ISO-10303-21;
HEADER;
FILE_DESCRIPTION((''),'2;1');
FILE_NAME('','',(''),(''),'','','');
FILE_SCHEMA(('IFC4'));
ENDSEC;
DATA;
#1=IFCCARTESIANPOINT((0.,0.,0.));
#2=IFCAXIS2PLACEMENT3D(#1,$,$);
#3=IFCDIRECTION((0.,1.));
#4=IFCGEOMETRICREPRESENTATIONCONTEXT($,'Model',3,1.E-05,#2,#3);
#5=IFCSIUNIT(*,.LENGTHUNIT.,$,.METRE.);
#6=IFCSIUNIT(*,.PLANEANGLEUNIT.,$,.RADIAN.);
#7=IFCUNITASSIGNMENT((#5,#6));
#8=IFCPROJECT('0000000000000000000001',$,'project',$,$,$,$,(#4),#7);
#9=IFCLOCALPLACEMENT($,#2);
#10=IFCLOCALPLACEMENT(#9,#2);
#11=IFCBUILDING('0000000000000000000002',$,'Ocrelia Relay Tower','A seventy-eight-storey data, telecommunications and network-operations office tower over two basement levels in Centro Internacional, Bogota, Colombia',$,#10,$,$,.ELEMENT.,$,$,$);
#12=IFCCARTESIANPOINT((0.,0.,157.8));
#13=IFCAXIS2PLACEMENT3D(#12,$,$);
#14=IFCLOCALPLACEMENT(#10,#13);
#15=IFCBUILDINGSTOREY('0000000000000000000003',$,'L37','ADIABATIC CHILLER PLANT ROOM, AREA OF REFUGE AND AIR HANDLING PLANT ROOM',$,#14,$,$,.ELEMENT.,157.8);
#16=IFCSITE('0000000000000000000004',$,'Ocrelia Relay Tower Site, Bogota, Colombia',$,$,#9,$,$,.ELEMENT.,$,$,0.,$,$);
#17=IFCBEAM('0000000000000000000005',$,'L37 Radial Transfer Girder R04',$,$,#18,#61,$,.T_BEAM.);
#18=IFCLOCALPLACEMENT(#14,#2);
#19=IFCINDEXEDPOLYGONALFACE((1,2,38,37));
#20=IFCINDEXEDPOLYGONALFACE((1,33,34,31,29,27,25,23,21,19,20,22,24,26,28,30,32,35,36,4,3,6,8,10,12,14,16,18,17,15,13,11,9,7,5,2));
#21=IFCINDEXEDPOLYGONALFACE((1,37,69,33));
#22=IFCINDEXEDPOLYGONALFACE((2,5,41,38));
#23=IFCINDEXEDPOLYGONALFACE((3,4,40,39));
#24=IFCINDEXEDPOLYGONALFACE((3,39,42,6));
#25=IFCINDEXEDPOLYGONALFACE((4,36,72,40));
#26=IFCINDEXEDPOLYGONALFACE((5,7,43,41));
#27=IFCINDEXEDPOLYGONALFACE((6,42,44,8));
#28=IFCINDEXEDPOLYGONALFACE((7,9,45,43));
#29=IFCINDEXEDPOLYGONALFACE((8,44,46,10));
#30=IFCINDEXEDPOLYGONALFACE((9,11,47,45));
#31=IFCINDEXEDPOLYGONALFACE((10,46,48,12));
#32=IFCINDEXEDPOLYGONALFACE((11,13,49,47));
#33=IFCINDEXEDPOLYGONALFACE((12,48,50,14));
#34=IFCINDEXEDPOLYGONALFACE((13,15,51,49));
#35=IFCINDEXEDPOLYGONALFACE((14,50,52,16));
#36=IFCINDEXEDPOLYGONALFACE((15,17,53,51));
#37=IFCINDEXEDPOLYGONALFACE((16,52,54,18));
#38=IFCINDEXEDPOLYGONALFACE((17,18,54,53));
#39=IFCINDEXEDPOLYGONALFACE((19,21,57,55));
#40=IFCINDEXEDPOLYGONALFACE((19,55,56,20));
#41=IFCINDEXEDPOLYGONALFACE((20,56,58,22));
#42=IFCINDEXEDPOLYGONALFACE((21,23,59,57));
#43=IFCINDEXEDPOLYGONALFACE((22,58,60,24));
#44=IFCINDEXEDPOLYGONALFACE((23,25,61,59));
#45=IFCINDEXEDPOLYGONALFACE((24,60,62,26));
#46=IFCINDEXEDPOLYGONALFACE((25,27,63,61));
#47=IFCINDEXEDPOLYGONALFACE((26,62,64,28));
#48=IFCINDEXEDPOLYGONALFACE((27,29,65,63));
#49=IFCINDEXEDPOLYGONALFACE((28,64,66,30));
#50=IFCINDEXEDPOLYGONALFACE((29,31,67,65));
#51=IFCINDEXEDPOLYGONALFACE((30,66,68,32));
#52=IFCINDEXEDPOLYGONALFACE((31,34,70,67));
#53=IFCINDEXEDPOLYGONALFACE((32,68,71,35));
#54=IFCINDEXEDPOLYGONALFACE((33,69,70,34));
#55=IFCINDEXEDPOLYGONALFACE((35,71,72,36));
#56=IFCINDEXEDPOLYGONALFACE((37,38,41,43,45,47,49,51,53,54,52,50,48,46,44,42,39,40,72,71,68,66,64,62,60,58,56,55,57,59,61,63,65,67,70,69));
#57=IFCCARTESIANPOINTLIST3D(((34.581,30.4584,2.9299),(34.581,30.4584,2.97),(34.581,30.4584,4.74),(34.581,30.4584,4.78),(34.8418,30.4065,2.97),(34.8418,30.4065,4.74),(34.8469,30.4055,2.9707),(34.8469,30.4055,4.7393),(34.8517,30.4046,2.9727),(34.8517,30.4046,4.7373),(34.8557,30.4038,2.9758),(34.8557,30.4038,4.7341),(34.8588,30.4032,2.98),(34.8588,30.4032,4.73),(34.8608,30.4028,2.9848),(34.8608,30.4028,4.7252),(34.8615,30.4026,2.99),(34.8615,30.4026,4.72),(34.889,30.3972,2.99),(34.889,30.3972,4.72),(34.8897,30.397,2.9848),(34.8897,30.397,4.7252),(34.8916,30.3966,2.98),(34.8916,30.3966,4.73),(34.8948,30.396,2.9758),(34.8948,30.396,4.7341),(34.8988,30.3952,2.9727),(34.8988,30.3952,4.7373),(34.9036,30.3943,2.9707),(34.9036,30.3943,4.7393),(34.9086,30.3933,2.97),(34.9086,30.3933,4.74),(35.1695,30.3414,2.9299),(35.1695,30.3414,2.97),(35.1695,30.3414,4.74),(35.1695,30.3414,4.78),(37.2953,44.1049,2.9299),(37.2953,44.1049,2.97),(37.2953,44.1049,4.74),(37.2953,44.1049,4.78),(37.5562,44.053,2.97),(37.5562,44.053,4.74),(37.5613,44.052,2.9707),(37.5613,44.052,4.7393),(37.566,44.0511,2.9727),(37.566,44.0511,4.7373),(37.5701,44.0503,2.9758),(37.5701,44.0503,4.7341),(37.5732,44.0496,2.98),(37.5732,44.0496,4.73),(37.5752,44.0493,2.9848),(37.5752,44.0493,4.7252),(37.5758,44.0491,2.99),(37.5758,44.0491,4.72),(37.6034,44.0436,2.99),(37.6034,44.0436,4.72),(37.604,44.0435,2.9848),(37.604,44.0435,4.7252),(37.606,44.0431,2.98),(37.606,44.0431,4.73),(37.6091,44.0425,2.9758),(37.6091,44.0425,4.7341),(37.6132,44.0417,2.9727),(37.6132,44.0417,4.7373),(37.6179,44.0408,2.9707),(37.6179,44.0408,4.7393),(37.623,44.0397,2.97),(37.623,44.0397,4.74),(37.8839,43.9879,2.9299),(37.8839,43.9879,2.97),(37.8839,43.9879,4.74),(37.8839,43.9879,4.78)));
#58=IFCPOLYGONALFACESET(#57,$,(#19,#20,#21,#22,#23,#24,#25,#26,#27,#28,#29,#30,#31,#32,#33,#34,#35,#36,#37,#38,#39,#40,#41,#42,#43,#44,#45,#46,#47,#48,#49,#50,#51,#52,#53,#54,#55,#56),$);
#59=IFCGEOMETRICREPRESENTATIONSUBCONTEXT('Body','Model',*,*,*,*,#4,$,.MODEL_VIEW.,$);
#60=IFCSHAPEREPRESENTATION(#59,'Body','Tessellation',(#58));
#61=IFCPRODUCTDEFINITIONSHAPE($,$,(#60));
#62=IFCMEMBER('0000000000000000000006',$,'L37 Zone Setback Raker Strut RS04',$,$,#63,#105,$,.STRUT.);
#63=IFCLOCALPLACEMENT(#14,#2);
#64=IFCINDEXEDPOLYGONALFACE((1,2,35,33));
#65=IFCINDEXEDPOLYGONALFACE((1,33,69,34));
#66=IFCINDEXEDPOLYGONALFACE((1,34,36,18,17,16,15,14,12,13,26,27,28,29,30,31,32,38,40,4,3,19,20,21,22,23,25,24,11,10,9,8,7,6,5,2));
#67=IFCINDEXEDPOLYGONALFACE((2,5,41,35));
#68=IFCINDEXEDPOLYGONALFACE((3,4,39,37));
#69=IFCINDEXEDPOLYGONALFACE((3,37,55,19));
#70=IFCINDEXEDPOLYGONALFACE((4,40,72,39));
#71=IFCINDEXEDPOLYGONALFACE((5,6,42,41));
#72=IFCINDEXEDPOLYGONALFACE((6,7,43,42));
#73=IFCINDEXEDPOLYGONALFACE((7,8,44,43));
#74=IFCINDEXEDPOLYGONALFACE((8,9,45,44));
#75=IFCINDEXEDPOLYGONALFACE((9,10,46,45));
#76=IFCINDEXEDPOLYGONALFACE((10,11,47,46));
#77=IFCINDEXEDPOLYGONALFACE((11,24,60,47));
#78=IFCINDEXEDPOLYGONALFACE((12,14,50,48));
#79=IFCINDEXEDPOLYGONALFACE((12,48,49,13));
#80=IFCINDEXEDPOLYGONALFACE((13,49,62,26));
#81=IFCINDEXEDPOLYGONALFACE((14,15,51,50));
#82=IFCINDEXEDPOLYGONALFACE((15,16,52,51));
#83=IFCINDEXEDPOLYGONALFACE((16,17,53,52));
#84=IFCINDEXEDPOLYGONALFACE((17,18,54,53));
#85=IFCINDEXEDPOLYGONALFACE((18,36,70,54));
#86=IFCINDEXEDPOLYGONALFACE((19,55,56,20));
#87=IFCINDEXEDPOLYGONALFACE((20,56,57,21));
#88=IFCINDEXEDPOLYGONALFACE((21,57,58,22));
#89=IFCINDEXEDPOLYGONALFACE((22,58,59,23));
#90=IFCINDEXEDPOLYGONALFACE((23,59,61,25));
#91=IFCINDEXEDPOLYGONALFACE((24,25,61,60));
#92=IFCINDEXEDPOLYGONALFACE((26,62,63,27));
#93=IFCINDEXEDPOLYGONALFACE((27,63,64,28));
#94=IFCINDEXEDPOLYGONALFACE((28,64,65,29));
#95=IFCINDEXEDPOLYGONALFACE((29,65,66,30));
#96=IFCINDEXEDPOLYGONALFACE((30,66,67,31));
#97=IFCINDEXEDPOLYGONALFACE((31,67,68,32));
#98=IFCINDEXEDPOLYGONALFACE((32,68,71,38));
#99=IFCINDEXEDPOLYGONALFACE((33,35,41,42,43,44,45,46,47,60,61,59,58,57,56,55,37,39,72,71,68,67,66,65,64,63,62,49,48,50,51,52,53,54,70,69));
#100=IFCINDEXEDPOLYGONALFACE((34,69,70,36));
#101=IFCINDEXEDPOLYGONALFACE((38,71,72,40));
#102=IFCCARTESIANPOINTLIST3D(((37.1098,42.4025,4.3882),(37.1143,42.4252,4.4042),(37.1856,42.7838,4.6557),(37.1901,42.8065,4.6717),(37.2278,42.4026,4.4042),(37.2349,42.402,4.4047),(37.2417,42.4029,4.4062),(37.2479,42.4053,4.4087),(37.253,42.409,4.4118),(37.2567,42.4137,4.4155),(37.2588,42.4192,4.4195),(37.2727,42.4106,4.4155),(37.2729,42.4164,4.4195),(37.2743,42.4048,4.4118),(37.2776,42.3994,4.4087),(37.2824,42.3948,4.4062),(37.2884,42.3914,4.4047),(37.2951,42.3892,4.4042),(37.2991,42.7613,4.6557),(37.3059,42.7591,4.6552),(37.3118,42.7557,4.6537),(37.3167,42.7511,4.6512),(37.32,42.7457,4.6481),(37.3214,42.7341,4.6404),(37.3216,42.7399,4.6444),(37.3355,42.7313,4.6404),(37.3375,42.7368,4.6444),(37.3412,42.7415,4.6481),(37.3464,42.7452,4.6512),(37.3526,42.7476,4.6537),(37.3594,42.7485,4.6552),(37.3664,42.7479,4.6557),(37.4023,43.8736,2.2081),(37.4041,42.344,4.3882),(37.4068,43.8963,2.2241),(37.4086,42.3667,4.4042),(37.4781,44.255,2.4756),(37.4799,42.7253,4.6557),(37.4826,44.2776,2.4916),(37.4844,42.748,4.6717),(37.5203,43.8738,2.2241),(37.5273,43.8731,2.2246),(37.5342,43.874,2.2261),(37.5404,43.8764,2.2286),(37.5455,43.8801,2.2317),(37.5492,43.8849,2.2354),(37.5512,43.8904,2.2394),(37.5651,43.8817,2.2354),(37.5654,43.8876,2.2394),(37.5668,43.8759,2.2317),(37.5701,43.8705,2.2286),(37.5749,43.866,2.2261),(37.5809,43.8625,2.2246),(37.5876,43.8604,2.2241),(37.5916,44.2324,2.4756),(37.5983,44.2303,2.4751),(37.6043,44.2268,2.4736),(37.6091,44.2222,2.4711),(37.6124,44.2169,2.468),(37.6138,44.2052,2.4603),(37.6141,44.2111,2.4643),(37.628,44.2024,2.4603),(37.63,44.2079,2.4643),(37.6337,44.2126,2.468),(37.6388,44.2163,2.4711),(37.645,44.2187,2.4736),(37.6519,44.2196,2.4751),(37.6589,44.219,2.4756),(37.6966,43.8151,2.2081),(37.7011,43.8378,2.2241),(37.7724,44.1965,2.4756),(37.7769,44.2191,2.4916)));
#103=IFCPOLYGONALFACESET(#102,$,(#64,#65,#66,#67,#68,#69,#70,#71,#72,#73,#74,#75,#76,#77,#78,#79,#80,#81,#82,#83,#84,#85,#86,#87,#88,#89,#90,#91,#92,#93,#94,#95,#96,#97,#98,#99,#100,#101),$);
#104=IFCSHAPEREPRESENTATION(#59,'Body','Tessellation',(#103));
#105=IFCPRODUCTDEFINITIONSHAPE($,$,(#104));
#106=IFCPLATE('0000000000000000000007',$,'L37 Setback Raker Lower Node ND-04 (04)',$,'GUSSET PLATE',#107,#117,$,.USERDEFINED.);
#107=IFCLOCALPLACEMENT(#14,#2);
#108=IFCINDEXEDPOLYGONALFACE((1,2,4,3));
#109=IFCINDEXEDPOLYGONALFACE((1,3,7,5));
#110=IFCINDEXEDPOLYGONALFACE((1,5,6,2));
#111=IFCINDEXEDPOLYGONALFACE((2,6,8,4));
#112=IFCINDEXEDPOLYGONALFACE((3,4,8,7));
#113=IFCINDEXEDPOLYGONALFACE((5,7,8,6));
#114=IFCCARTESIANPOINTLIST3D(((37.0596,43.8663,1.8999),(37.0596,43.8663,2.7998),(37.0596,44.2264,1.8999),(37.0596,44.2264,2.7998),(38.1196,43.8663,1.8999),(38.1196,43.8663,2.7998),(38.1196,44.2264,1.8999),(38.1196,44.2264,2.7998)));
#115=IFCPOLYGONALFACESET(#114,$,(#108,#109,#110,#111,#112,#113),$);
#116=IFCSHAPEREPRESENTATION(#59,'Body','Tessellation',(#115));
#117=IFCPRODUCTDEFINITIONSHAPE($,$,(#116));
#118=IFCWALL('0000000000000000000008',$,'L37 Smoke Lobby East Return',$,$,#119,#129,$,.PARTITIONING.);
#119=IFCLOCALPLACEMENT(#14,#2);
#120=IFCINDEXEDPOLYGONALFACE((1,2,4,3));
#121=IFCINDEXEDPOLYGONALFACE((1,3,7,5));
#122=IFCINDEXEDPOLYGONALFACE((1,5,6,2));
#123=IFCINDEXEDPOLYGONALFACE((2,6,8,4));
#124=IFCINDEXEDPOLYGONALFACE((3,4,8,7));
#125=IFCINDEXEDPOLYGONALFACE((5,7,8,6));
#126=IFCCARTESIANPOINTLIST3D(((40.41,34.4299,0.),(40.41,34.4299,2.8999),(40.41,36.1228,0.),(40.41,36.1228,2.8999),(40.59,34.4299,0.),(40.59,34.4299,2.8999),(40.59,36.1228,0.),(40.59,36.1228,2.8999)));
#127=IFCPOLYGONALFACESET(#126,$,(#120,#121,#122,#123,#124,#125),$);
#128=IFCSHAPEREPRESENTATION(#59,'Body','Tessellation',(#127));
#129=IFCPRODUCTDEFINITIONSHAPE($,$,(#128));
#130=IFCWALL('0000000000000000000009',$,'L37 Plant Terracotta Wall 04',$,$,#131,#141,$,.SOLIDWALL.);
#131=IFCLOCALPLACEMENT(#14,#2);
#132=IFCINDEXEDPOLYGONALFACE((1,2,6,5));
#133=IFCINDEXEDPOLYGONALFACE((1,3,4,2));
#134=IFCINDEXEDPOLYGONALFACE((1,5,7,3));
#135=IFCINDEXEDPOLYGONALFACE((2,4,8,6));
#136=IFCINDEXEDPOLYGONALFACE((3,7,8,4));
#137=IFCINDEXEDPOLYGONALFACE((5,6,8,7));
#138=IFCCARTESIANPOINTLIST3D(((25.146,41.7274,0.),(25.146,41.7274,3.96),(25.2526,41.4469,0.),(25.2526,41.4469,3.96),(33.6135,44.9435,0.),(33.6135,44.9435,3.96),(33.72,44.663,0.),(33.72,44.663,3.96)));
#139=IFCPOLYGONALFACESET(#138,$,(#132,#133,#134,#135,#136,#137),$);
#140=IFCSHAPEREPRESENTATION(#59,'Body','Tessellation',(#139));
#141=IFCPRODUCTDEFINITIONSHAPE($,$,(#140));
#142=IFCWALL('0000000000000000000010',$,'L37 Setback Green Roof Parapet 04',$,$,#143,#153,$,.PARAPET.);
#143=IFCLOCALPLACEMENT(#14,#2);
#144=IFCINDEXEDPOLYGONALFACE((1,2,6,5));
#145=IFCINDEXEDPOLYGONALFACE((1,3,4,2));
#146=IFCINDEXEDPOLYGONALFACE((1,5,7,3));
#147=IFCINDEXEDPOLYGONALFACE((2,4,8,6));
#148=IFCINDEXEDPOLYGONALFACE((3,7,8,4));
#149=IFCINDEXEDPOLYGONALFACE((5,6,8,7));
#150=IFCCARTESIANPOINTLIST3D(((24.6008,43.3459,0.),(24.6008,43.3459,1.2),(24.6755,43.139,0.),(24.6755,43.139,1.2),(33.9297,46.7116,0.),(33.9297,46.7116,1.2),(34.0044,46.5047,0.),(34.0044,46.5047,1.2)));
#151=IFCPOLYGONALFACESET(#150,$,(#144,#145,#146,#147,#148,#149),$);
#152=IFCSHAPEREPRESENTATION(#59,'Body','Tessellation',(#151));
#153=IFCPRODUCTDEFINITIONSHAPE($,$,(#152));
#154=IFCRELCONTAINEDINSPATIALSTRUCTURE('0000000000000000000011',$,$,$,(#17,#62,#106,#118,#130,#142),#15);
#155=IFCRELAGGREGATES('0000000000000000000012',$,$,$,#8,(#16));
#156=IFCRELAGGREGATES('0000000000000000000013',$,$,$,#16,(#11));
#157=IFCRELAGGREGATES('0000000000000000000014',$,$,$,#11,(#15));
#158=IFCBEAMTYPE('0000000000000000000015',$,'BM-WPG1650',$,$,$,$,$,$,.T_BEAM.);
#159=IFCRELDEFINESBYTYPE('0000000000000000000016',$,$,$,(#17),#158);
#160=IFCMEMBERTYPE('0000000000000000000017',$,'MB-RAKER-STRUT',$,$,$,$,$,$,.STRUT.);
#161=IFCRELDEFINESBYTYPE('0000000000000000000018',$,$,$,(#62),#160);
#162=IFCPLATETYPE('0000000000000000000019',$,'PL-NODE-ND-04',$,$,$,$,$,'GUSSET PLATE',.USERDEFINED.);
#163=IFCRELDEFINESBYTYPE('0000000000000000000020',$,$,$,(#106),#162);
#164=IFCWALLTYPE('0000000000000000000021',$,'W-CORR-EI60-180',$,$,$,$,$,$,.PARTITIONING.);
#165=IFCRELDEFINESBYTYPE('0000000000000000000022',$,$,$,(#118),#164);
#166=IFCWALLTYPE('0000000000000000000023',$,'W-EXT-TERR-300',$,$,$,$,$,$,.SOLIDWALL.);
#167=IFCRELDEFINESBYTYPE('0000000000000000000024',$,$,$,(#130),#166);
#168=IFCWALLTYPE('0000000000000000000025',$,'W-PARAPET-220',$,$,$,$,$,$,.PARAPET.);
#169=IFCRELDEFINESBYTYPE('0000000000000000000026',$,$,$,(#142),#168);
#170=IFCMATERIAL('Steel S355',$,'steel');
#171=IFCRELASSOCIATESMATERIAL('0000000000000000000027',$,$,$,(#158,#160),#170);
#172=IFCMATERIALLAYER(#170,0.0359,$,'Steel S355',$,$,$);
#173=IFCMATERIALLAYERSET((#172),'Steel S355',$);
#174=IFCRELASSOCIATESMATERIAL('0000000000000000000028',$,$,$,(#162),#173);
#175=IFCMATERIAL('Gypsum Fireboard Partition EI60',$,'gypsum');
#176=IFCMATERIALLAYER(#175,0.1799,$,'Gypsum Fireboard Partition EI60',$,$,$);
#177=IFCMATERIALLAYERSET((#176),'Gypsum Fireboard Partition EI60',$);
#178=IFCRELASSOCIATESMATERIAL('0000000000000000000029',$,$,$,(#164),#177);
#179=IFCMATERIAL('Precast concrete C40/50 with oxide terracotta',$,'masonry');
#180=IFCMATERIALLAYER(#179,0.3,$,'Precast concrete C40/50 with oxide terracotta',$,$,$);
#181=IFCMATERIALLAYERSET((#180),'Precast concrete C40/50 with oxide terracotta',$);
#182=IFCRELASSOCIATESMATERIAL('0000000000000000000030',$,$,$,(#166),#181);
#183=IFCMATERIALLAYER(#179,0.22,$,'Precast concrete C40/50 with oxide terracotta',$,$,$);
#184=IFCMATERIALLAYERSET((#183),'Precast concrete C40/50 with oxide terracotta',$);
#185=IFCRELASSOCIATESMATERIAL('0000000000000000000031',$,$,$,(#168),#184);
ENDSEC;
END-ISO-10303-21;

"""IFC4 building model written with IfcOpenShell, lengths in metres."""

from ifc_helpers import new_model, si_unit, direction, frame, frame_2d, origin, origin_2d, place, context, subcontext, project, spatial, rectangle, i_section, extrude, material, layer, layer_set, material_profile, profile_set, type_object, element, save


model = new_model("IFC4")

# Units and contexts
model_context = context("Model", 3, precision=1e-05, world=origin(), true_north=direction((0.0, 1.0)))
body_context = subcontext(model_context, "Body", "Model", "MODEL_VIEW")
ifc_project = project(units=[si_unit("LENGTHUNIT", "METRE"), si_unit("PLANEANGLEUNIT", "RADIAN")], contexts=[model_context])

# Site, building, storey
site_placement = place(None, origin())
site = spatial("IfcSite", under=ifc_project, at=site_placement, Name="Ocrelia Relay Tower Site, Bogota, Colombia", CompositionType="ELEMENT", RefElevation=0.0)
building_placement = place(site_placement, origin())
building = spatial("IfcBuilding", under=site, at=building_placement, Name="Ocrelia Relay Tower", Description="A seventy-eight-storey data, telecommunications and network-operations office tower over two basement levels in Centro Internacional, Bogota, Colombia", CompositionType="ELEMENT")
storey_placement = place(building_placement, frame((0.0, 0.0, 157.8)))
storey = spatial("IfcBuildingStorey", under=building, at=storey_placement, Name="L37", Description="ADIABATIC CHILLER PLANT ROOM, AREA OF REFUGE AND AIR HANDLING PLANT ROOM", CompositionType="ELEMENT", Elevation=157.8)

# Beam
ifc_material_1 = material(Name="Steel S355", Category="steel")
ifc_material_profile_1 = material_profile(ifc_material_1, i_section(OverallWidth=0.6001, OverallDepth=1.8501, WebThickness=0.0281, FlangeThickness=0.04, FilletRadius=0.02, at=origin_2d()), Name="WPG 1850x600")
ifc_profile_set_1 = profile_set([ifc_material_profile_1], Name="Steel S355")
beam_type_1 = type_object("IfcBeamType", Name="BM-WPG1650", PredefinedType="T_BEAM", material=ifc_profile_set_1)
beam_1_placement = place(storey_placement, frame((37.5896, 44.0464, 3.855), z_axis=(-0.195083, -0.980787, 0.0), x_axis=(0.980787, -0.195083, 0.0)))
element("IfcBeam", 1, at=beam_1_placement, inside=storey, type_object=beam_type_1, Name="L37 Radial Transfer Girder R04", PredefinedType="T_BEAM", context=body_context, shape_type="SweptSolid", body=[
    extrude(i_section(OverallWidth=0.6001, OverallDepth=1.8501, WebThickness=0.0281, FlangeThickness=0.04, FilletRadius=0.02, at=origin_2d()), origin(), (0.0, 0.0, 1.0), 13.9138),
])

# Member
ifc_material_profile_2 = material_profile(ifc_material_1, i_section(OverallWidth=0.3, OverallDepth=0.5, WebThickness=0.0144, FlangeThickness=0.0281, FilletRadius=0.0271, at=origin_2d()), Name="HEB 500")
ifc_profile_set_2 = profile_set([ifc_material_profile_2], Name="Steel S355")
member_type = type_object("IfcMemberType", Name="MB-RAKER-STRUT", PredefinedType="STRUT", material=ifc_profile_set_2)
member_placement = place(storey_placement, frame((37.5896, 44.0464, 2.3499), z_axis=(-0.110523, -0.555934, 0.823846), x_axis=(0.980805, -0.194989, 0.0)))
element("IfcMember", 2, at=member_placement, inside=storey, type_object=member_type, Name="L37 Zone Setback Raker Strut RS04", PredefinedType="STRUT", context=body_context, shape_type="SweptSolid", body=[
    extrude(i_section(OverallWidth=0.3, OverallDepth=0.5, WebThickness=0.0144, FlangeThickness=0.0281, FilletRadius=0.0271, at=origin_2d()), origin(), (0.0, 0.0, 1.0), 2.6462),
])

# Plate
ifc_layer_1 = layer(ifc_material_1, 0.0359, Name="Steel S355")
ifc_layer_set_1 = layer_set([ifc_layer_1], Name="Steel S355")
plate_type = type_object("IfcPlateType", Name="PL-NODE-ND-04", ElementType="GUSSET PLATE", PredefinedType="USERDEFINED", material=ifc_layer_set_1)
plate_placement = place(storey_placement, frame((37.5896, 44.0464, 1.8999), z_axis=(0.0, 0.0, 1.0), x_axis=(1.0, 0.0, 0.0)))
element("IfcPlate", 3, at=plate_placement, inside=storey, type_object=plate_type, Name="L37 Setback Raker Lower Node ND-04 (04)", ObjectType="GUSSET PLATE", PredefinedType="USERDEFINED", context=body_context, shape_type="SweptSolid", body=[
    extrude(rectangle(XDim=1.0601, YDim=0.3601, at=origin_2d()), origin(), (0.0, 0.0, 1.0), 0.8999),
])

# Wall
ifc_material_2 = material(Name="Gypsum Fireboard Partition EI60", Category="gypsum")
ifc_layer_2 = layer(ifc_material_2, 0.1799, Name="Gypsum Fireboard Partition EI60")
ifc_layer_set_2 = layer_set([ifc_layer_2], Name="Gypsum Fireboard Partition EI60")
wall_type_1 = type_object("IfcWallType", Name="W-CORR-EI60-180", PredefinedType="PARTITIONING", material=ifc_layer_set_2)
wall_1_placement = place(storey_placement, frame((40.5, 36.1228, 0.0), z_axis=(0.0, 0.0, 1.0), x_axis=(0.0, -1.0, 0.0)))
element("IfcWall", 4, at=wall_1_placement, inside=storey, type_object=wall_type_1, Name="L37 Smoke Lobby East Return", PredefinedType="PARTITIONING", context=body_context, shape_type="SweptSolid", body=[
    extrude(rectangle(XDim=1.6929, YDim=0.1799, at=frame_2d((0.8464, 0.0))), origin(), (0.0, 0.0, 1.0), 2.8999),
])

# Wall
ifc_material_3 = material(Name="Precast concrete C40/50 with oxide terracotta", Category="masonry")
ifc_layer_3 = layer(ifc_material_3, 0.3, Name="Precast concrete C40/50 with oxide terracotta")
ifc_layer_set_3 = layer_set([ifc_layer_3], Name="Precast concrete C40/50 with oxide terracotta")
wall_type_2 = type_object("IfcWallType", Name="W-EXT-TERR-300", PredefinedType="SOLIDWALL", material=ifc_layer_set_3)
wall_2_placement = place(storey_placement, frame((33.6667, 44.8032, 0.0), z_axis=(0.0, 0.0, 1.0), x_axis=(-0.934842, -0.355064, 0.0)))
element("IfcWall", 5, at=wall_2_placement, inside=storey, type_object=wall_type_2, Name="L37 Plant Terracotta Wall 04", PredefinedType="SOLIDWALL", context=body_context, shape_type="SweptSolid", body=[
    extrude(rectangle(XDim=9.0576, YDim=0.3, at=frame_2d((4.5288, 0.0))), origin(), (0.0, 0.0, 1.0), 3.96),
])

# Wall
ifc_layer_4 = layer(ifc_material_3, 0.22, Name="Precast concrete C40/50 with oxide terracotta")
ifc_layer_set_4 = layer_set([ifc_layer_4], Name="Precast concrete C40/50 with oxide terracotta")
wall_type_3 = type_object("IfcWallType", Name="W-PARAPET-220", PredefinedType="PARAPET", material=ifc_layer_set_4)
wall_3_placement = place(storey_placement, frame((33.967, 46.6082, 0.0), z_axis=(0.0, 0.0, 1.0), x_axis=(-0.940652, -0.339374, 0.0)))
element("IfcWall", 6, at=wall_3_placement, inside=storey, type_object=wall_type_3, Name="L37 Setback Green Roof Parapet 04", PredefinedType="PARAPET", context=body_context, shape_type="SweptSolid", body=[
    extrude(rectangle(XDim=9.9175, YDim=0.22, at=frame_2d((4.9587, 0.0))), origin(), (0.0, 0.0, 1.0), 1.2),
])

save(model, "model.ifc")
